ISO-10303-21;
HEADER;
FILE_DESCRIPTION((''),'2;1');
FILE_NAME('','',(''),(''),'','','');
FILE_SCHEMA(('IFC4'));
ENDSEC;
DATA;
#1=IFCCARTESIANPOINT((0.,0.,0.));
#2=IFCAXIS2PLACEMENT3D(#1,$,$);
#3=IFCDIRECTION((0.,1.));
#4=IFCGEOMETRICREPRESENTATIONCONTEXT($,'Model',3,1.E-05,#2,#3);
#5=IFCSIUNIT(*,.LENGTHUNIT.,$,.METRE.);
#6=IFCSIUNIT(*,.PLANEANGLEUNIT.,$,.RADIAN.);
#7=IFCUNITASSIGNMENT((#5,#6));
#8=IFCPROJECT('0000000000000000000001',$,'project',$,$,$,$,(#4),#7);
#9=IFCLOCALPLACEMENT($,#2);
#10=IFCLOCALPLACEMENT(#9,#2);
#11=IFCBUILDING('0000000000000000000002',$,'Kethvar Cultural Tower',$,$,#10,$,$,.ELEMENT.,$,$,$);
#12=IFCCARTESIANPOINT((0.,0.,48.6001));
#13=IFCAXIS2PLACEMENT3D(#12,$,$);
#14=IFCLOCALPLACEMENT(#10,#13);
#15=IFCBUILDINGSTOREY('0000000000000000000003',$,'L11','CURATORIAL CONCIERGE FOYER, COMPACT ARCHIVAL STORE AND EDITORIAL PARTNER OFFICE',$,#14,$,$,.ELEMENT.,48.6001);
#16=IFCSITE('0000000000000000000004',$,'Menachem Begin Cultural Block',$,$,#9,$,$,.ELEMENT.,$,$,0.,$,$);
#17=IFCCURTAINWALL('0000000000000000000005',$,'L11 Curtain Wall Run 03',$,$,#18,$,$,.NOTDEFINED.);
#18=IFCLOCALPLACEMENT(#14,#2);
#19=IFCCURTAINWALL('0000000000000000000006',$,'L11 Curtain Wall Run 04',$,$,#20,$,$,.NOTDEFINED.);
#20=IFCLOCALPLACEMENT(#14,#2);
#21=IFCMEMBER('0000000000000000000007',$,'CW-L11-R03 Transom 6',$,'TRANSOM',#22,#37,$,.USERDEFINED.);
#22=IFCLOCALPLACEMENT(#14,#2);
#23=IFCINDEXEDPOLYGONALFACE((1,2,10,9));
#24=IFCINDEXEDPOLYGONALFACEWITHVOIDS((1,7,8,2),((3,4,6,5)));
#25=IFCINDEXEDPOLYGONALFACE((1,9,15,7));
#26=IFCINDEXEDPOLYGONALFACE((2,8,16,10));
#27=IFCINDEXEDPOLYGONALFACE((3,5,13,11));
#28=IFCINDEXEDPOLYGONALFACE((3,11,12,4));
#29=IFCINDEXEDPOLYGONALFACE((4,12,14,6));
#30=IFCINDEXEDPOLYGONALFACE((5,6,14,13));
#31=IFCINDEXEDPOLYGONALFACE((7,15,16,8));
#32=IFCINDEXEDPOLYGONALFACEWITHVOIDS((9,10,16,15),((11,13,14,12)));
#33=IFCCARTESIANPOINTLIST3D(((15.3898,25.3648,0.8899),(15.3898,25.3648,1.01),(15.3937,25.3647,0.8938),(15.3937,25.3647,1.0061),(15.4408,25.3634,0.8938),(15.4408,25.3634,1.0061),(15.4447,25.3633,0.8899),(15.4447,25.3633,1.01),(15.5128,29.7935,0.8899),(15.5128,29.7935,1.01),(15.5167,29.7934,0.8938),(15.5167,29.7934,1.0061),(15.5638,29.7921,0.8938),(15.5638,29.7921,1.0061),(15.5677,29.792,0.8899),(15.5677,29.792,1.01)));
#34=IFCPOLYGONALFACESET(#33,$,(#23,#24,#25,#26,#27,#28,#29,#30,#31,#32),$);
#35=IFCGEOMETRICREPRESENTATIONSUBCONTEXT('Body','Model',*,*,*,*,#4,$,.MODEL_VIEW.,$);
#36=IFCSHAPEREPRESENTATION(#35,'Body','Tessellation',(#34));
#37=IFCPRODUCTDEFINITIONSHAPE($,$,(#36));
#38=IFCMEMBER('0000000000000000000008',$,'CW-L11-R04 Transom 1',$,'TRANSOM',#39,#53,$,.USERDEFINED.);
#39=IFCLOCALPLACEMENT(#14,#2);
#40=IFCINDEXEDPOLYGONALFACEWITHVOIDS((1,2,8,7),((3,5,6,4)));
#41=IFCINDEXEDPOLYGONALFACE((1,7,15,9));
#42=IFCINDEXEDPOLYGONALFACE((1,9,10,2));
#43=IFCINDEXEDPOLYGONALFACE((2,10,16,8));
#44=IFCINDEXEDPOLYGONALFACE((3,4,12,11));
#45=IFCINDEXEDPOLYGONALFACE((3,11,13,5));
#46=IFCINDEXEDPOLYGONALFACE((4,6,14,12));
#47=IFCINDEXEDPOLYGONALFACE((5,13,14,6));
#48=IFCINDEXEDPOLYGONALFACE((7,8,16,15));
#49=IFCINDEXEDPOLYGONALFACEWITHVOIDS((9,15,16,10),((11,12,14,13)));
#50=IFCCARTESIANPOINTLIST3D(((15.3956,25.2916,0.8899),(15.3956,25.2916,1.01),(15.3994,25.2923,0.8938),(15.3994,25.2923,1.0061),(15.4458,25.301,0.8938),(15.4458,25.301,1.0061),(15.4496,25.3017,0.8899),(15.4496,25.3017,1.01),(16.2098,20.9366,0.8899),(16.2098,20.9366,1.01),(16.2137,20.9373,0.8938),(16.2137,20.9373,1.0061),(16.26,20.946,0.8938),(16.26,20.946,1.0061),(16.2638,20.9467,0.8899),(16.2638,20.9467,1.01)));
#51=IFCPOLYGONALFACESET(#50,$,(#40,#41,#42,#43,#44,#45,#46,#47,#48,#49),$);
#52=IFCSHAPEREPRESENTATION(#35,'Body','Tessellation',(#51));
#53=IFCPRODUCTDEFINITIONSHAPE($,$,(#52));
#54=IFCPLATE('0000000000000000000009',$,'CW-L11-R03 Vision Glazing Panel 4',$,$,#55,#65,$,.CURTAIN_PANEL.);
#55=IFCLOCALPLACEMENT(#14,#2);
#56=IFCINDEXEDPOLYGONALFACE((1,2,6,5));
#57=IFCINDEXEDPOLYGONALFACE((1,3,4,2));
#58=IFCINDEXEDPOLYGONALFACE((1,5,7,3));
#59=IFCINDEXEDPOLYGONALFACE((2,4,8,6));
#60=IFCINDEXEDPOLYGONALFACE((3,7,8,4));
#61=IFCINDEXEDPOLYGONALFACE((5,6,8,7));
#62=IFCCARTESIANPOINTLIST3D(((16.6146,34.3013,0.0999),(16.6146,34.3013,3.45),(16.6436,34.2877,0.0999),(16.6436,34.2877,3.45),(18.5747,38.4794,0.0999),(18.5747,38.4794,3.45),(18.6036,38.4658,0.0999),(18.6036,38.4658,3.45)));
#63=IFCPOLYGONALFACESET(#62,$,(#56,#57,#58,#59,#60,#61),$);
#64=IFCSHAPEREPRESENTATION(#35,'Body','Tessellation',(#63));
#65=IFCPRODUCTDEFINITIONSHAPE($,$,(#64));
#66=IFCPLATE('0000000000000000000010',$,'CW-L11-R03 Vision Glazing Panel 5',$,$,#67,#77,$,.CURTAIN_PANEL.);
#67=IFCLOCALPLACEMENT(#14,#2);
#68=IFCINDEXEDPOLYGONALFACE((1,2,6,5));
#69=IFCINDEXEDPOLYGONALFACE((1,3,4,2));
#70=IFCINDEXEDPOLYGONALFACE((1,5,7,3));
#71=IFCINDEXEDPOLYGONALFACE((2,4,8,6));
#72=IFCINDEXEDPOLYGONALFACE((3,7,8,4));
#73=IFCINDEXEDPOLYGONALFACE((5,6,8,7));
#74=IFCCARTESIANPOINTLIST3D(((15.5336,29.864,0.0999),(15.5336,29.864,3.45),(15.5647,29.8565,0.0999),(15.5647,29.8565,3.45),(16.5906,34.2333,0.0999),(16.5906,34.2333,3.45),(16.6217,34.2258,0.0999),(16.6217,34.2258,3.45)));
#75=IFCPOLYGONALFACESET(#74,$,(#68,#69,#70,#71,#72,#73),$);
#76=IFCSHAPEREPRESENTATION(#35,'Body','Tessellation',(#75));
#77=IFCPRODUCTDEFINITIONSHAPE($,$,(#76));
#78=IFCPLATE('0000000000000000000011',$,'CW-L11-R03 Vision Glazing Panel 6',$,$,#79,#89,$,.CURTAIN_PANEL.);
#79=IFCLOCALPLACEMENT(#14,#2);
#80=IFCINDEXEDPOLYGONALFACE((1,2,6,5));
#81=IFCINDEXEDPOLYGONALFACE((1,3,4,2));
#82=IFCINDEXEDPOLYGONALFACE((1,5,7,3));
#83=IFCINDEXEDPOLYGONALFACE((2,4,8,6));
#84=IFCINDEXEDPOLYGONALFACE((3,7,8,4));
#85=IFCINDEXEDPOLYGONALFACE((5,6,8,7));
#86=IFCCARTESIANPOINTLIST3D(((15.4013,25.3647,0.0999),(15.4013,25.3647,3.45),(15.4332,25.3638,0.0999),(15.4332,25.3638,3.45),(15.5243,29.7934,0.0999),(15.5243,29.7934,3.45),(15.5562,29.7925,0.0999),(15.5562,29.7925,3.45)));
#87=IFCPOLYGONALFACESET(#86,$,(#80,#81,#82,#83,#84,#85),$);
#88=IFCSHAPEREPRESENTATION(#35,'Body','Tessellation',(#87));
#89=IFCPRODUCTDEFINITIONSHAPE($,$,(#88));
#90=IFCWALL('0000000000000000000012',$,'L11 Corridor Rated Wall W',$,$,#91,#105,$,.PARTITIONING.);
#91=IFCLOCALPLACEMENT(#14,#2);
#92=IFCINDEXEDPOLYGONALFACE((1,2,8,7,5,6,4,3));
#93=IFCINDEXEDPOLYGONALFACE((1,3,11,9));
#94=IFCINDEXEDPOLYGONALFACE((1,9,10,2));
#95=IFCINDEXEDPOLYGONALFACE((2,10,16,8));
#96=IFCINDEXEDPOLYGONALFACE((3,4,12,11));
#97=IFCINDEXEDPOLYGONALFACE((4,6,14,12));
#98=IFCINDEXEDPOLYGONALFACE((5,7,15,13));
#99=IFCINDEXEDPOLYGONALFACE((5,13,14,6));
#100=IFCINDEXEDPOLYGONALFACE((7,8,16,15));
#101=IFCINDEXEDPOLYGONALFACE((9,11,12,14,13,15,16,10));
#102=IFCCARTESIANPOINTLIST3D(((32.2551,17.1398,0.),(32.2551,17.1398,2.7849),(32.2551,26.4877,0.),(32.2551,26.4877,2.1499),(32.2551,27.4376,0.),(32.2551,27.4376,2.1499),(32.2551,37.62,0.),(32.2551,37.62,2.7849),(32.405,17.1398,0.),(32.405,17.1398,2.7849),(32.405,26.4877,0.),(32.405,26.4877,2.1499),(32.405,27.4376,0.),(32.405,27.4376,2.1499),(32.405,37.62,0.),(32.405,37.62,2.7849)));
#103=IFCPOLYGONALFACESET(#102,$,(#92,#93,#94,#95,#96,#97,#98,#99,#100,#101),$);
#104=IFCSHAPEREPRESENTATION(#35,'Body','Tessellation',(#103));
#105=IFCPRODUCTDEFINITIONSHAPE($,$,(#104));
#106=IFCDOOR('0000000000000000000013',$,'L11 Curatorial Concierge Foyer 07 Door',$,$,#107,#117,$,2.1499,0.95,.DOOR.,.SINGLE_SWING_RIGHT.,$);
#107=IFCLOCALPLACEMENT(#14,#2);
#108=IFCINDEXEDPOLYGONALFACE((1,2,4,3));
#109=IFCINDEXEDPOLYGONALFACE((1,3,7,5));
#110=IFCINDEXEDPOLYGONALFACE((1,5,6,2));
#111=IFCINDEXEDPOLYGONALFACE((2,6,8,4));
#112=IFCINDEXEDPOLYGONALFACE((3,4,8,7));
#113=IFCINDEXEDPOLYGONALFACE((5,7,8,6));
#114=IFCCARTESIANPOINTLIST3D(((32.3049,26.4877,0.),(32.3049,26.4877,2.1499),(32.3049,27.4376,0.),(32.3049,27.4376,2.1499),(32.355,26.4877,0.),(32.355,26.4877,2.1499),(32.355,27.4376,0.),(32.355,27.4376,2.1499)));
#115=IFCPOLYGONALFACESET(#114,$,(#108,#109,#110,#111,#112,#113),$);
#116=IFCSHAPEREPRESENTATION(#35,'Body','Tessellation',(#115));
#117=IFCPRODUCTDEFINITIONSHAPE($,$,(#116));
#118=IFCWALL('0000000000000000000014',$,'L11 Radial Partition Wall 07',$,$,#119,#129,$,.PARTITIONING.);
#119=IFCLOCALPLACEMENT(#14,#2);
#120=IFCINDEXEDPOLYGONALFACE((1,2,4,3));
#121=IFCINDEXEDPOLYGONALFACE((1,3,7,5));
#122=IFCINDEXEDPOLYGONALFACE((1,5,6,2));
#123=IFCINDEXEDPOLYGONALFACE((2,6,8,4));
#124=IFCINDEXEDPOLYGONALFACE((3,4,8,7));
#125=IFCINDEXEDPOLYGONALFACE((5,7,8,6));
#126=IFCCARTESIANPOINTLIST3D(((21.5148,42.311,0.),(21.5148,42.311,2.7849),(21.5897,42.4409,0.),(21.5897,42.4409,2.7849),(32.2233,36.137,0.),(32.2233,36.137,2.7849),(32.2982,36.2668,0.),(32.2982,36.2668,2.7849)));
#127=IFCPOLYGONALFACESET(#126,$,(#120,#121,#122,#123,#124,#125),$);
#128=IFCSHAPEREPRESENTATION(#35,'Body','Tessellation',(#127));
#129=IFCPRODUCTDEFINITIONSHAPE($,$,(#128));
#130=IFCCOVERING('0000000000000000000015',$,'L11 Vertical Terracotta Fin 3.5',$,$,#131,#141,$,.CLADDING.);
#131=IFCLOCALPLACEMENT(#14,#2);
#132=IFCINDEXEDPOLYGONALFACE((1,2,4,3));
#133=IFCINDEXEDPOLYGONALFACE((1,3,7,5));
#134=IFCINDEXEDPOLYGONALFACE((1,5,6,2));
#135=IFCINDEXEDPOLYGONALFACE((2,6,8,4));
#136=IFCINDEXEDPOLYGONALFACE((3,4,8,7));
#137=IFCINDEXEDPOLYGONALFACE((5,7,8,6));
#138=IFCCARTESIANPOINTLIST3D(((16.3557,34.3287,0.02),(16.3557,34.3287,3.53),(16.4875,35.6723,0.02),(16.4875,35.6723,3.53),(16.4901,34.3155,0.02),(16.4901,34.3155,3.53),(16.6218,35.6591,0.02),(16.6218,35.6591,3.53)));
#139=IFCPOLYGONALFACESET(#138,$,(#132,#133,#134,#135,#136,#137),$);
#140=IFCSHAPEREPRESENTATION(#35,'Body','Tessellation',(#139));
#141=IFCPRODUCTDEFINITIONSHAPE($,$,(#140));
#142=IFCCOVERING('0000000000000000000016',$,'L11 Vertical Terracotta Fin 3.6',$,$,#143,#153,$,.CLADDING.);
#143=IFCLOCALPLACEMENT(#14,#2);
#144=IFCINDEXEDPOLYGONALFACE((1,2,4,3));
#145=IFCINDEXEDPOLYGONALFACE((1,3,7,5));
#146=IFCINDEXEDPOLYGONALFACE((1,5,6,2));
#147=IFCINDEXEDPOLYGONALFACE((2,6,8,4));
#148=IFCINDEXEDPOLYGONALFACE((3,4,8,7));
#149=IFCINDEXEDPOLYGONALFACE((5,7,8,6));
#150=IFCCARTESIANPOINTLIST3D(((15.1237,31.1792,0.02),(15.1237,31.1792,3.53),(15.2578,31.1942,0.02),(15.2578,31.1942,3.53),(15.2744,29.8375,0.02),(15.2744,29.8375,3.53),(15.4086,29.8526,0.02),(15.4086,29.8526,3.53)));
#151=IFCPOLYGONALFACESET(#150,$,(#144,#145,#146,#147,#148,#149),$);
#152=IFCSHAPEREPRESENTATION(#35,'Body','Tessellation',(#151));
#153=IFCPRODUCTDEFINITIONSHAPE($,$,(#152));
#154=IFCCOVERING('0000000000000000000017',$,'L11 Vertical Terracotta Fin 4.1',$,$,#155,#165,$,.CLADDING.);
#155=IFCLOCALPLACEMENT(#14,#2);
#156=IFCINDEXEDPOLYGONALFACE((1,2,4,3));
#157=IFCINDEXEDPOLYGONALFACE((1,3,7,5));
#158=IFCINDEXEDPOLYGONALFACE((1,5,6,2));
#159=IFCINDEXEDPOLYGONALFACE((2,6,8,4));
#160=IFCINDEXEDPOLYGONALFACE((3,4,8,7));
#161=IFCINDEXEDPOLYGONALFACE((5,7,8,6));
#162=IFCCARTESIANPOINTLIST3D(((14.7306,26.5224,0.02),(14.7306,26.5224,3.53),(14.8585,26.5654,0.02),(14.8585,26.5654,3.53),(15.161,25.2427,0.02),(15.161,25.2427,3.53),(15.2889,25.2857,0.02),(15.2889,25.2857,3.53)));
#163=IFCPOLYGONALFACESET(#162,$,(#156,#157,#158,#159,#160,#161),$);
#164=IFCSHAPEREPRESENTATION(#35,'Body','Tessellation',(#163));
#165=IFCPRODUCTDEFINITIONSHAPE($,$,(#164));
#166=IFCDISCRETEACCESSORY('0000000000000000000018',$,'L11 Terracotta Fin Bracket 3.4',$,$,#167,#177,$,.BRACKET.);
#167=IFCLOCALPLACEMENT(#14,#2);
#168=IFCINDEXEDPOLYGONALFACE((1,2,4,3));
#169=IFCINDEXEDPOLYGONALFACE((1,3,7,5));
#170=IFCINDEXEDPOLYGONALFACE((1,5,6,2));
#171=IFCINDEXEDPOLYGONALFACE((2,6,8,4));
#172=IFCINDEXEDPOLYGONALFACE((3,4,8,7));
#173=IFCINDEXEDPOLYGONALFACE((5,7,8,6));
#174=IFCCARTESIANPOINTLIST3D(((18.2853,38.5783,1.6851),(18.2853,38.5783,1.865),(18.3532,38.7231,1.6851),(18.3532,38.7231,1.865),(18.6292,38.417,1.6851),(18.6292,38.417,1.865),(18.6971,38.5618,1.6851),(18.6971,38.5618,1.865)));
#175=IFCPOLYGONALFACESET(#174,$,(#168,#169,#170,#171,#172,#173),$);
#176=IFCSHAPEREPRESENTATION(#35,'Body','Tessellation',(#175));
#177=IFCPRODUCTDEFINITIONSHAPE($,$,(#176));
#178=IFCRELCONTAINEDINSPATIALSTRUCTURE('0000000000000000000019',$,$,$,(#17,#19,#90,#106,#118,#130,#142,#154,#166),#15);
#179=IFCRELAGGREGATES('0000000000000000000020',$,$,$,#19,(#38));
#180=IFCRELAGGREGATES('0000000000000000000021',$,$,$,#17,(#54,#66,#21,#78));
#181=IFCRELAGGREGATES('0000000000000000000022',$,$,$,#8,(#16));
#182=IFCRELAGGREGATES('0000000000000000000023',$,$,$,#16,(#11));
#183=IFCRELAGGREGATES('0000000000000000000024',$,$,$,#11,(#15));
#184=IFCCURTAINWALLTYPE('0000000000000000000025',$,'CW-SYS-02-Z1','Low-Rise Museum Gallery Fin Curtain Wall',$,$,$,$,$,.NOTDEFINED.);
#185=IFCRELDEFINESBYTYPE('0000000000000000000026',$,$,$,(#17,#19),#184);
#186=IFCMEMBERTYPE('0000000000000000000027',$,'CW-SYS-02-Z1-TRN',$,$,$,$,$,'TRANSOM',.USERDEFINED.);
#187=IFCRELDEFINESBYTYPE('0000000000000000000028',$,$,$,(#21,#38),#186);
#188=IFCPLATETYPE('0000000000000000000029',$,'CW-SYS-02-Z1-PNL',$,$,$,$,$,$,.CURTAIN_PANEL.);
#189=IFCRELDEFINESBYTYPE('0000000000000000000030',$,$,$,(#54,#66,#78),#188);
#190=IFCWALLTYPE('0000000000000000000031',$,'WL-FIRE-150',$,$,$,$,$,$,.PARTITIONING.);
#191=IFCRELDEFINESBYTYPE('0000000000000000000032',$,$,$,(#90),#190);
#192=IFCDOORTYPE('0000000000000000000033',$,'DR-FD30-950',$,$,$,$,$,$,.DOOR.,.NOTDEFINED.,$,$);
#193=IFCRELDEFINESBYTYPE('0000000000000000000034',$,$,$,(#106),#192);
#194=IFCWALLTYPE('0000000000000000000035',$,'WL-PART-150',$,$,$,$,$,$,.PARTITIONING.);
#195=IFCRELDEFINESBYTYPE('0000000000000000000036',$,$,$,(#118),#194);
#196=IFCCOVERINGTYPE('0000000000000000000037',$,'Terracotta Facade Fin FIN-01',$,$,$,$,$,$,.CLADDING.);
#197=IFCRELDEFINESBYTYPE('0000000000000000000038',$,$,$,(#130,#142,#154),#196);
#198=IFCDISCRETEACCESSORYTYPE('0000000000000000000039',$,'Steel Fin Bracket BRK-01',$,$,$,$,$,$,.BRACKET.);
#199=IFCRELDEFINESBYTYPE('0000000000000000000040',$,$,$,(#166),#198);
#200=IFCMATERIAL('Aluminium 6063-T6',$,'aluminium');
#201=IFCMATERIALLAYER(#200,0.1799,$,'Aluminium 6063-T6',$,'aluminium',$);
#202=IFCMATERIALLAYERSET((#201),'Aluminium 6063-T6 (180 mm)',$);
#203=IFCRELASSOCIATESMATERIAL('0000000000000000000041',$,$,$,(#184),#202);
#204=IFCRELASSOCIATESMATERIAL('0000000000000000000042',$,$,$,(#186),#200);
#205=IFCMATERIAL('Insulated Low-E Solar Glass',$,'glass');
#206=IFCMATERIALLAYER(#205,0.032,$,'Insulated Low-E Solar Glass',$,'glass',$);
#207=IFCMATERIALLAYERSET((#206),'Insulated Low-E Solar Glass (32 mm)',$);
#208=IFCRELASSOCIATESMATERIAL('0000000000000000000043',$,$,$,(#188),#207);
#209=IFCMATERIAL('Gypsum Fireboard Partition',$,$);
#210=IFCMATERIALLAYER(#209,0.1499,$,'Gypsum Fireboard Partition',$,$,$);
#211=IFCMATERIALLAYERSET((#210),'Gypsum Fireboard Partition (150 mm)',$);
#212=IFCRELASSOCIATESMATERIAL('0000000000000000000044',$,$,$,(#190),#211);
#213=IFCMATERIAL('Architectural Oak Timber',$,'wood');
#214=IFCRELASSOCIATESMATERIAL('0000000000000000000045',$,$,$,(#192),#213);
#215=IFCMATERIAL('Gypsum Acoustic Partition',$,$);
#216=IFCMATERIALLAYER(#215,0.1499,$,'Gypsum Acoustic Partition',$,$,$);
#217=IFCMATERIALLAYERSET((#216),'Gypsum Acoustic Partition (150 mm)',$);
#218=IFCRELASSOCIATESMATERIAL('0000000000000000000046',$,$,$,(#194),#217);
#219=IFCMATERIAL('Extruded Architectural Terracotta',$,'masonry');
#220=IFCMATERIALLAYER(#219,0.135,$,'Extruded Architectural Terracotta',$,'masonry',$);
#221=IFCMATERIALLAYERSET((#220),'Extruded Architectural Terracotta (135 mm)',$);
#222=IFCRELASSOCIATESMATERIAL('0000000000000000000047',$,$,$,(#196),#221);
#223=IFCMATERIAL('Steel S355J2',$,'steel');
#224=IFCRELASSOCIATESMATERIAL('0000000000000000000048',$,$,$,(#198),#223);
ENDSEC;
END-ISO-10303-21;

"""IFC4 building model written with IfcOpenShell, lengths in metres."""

from ifc_helpers import new_model, si_unit, direction, frame, frame_2d, origin, origin_2d, place, context, subcontext, project, spatial, rectangle, hollow_rectangle, extrude, source, transform, mapped, material, layer, layer_set, material_profile, profile_set, type_object, element, fill, aggregate, save


model = new_model("IFC4")

# Units and contexts
model_context = context("Model", 3, precision=1e-05, world=origin(), true_north=direction((0.0, 1.0)))
body_context = subcontext(model_context, "Body", "Model", "MODEL_VIEW")
ifc_project = project(units=[si_unit("LENGTHUNIT", "METRE"), si_unit("PLANEANGLEUNIT", "RADIAN")], contexts=[model_context])

# Site, building, storey
site_placement = place(None, origin())
site = spatial("IfcSite", under=ifc_project, at=site_placement, Name="Menachem Begin Cultural Block", CompositionType="ELEMENT", RefElevation=0.0)
building_placement = place(site_placement, origin())
building = spatial("IfcBuilding", under=site, at=building_placement, Name="Kethvar Cultural Tower", CompositionType="ELEMENT")
storey_placement = place(building_placement, frame((0.0, 0.0, 48.6001)))
storey = spatial("IfcBuildingStorey", under=building, at=storey_placement, Name="L11", Description="CURATORIAL CONCIERGE FOYER, COMPACT ARCHIVAL STORE AND EDITORIAL PARTNER OFFICE", CompositionType="ELEMENT", Elevation=48.6001)

# Shared definitions
ifc_material_1 = material(Name="Steel S355J2", Category="steel")

# Curtain wall
ifc_material_2 = material(Name="Aluminium 6063-T6", Category="aluminium")
ifc_layer_1 = layer(ifc_material_2, 0.1799, Name="Aluminium 6063-T6", Category="aluminium")
ifc_layer_set_1 = layer_set([ifc_layer_1], Name="Aluminium 6063-T6 (180 mm)")
curtain_wall_type = type_object("IfcCurtainWallType", Name="CW-SYS-02-Z1", Description="Low-Rise Museum Gallery Fin Curtain Wall", PredefinedType="NOTDEFINED", material=ifc_layer_set_1)
curtain_wall_1_placement = place(storey_placement, origin())
curtain_wall_1 = element("IfcCurtainWall", 1, at=curtain_wall_1_placement, inside=storey, type_object=curtain_wall_type, Name="L11 Curtain Wall Run 03", PredefinedType="NOTDEFINED")

# Curtain wall
curtain_wall_2_placement = place(storey_placement, origin())
curtain_wall_2 = element("IfcCurtainWall", 2, at=curtain_wall_2_placement, inside=storey, type_object=curtain_wall_type, Name="L11 Curtain Wall Run 04", PredefinedType="NOTDEFINED")

# Members
ifc_material_profile_1 = material_profile(ifc_material_2, hollow_rectangle(XDim=0.0549, YDim=0.1201, WallThickness=0.0039, at=origin_2d()), Name="Aluminium 6063-T6 — RHS120x55x4")
ifc_profile_set_1 = profile_set([ifc_material_profile_1], Name="Aluminium 6063-T6 — RHS120x55x4")
member_type_1 = type_object("IfcMemberType", Name="CW-SYS-02-Z1-TRN", ElementType="TRANSOM", PredefinedType="USERDEFINED", material=ifc_profile_set_1)
shared_shape_1 = source(origin(), body_context, "Body", "SweptSolid", [
    extrude(hollow_rectangle(XDim=0.0549, YDim=0.1201, WallThickness=0.0039, at=origin_2d()), origin(), (0.0, 0.0, 1.0), 4.4304),
])
member_1_placement = place(storey_placement, frame((15.5403, 29.7927, 0.95), z_axis=(-0.027773, -0.999614, 0.0), x_axis=(0.999614, -0.027773, 0.0)))
member_1 = element("IfcMember", 3, at=member_1_placement, type_object=member_type_1, Name="CW-L11-R03 Transom 6", ObjectType="TRANSOM", PredefinedType="USERDEFINED", context=body_context, shape_type="MappedRepresentation", body=[
    mapped(shared_shape_1, transform((0.0, 0.0, 0.0), scale=1.0)),
])
member_2_placement = place(storey_placement, frame((15.4226, 25.2966, 0.95), z_axis=(0.183776, -0.982968, 0.0), x_axis=(0.982968, 0.183776, 0.0)))
member_2 = element("IfcMember", 4, at=member_2_placement, type_object=member_type_1, Name="CW-L11-R04 Transom 1", ObjectType="TRANSOM", PredefinedType="USERDEFINED", context=body_context, shape_type="MappedRepresentation", body=[
    mapped(shared_shape_1, transform((0.0, 0.0, 0.0), scale=1.0)),
])
aggregate(curtain_wall_2, [member_2])

# Plates
ifc_material_3 = material(Name="Insulated Low-E Solar Glass", Category="glass")
ifc_layer_2 = layer(ifc_material_3, 0.032, Name="Insulated Low-E Solar Glass", Category="glass")
ifc_layer_set_2 = layer_set([ifc_layer_2], Name="Insulated Low-E Solar Glass (32 mm)")
plate_type = type_object("IfcPlateType", Name="CW-SYS-02-Z1-PNL", PredefinedType="CURTAIN_PANEL", material=ifc_layer_set_2)
shared_shape_2 = source(origin(), body_context, "Body", "SweptSolid", [
    extrude(rectangle(XDim=4.615, YDim=0.032, at=origin_2d()), origin(), (0.0, 0.0, 1.0), 3.3501),
])
plate_1_placement = place(storey_placement, frame((17.6091, 36.3835, 0.0999), z_axis=(0.0, 0.0, 1.0), x_axis=(-0.424705, -0.905332, 0.0)))
plate_1 = element("IfcPlate", 5, at=plate_1_placement, type_object=plate_type, Name="CW-L11-R03 Vision Glazing Panel 4", PredefinedType="CURTAIN_PANEL", context=body_context, shape_type="MappedRepresentation", body=[
    mapped(shared_shape_2, transform((0.0, 0.0, 0.0), scale=1.0)),
])
shared_shape_3 = source(origin(), body_context, "Body", "SweptSolid", [
    extrude(rectangle(XDim=4.4954, YDim=0.032, at=origin_2d()), origin(), (0.0, 0.0, 1.0), 3.3501),
])
plate_2_placement = place(storey_placement, frame((16.0776, 32.0449, 0.0999), z_axis=(0.0, 0.0, 1.0), x_axis=(-0.235142, -0.971961, 0.0)))
plate_2 = element("IfcPlate", 6, at=plate_2_placement, type_object=plate_type, Name="CW-L11-R03 Vision Glazing Panel 5", PredefinedType="CURTAIN_PANEL", context=body_context, shape_type="MappedRepresentation", body=[
    mapped(shared_shape_3, transform((0.0, 0.0, 0.0), scale=1.0)),
])
shared_shape_4 = source(origin(), body_context, "Body", "SweptSolid", [
    extrude(rectangle(XDim=4.4304, YDim=0.032, at=origin_2d()), origin(), (0.0, 0.0, 1.0), 3.3501),
])
plate_3_placement = place(storey_placement, frame((15.4788, 27.5786, 0.0999), z_axis=(0.0, 0.0, 1.0), x_axis=(-0.027765, -0.999614, 0.0)))
plate_3 = element("IfcPlate", 7, at=plate_3_placement, type_object=plate_type, Name="CW-L11-R03 Vision Glazing Panel 6", PredefinedType="CURTAIN_PANEL", context=body_context, shape_type="MappedRepresentation", body=[
    mapped(shared_shape_4, transform((0.0, 0.0, 0.0), scale=1.0)),
])
aggregate(curtain_wall_1, [plate_1, plate_2, member_1, plate_3])

# Wall, opening, door
ifc_material_4 = material(Name="Gypsum Fireboard Partition")
ifc_layer_3 = layer(ifc_material_4, 0.1499, Name="Gypsum Fireboard Partition")
ifc_layer_set_3 = layer_set([ifc_layer_3], Name="Gypsum Fireboard Partition (150 mm)")
wall_type_1 = type_object("IfcWallType", Name="WL-FIRE-150", PredefinedType="PARTITIONING", material=ifc_layer_set_3)
wall_1_placement = place(storey_placement, frame((32.3301, 37.6201, 0.0), z_axis=(0.0, 0.0, 1.0), x_axis=(0.0, -1.0, 0.0)))
wall_1 = element("IfcWall", 8, at=wall_1_placement, inside=storey, type_object=wall_type_1, Name="L11 Corridor Rated Wall W", PredefinedType="PARTITIONING", context=body_context, shape_type="SweptSolid", body=[
    extrude(rectangle(XDim=20.4802, YDim=0.1499, at=frame_2d((10.2402, 0.0))), origin(), (0.0, 0.0, 1.0), 2.7849),
])
opening_placement = place(wall_1_placement, frame((10.1824, 0.0, 0.0)))
opening = element("IfcOpeningElement", 9, at=opening_placement, cuts=wall_1, PredefinedType="OPENING", context=body_context, shape_type="SweptSolid", body=[
    extrude(rectangle(XDim=0.95, YDim=2.1499, at=frame_2d((0.4751, 1.075))), frame((0.0, 0.085, 0.0), z_axis=(0.0, -1.0, 0.0), x_axis=(1.0, 0.0, 0.0)), (0.0, 0.0, 1.0), 0.1699),
])
ifc_material_5 = material(Name="Architectural Oak Timber", Category="wood")
door_type = type_object("IfcDoorType", Name="DR-FD30-950", OperationType="NOTDEFINED", PredefinedType="DOOR", material=ifc_material_5)
shared_shape_5 = source(origin(), body_context, "Body", "SweptSolid", [
    extrude(rectangle(XDim=0.95, YDim=2.1499, at=frame_2d((0.4751, 1.075))), frame((0.0, 0.0249, 0.0), z_axis=(0.0, -1.0, 0.0), x_axis=(1.0, 0.0, 0.0)), (0.0, 0.0, 1.0), 0.05),
])
door_placement = place(opening_placement, origin())
door = element("IfcDoor", 10, at=door_placement, inside=storey, type_object=door_type, Name="L11 Curatorial Concierge Foyer 07 Door", OperationType="SINGLE_SWING_RIGHT", OverallHeight=2.1499, OverallWidth=0.95, PredefinedType="DOOR", context=body_context, shape_type="MappedRepresentation", body=[
    mapped(shared_shape_5, transform((0.0, 0.0, 0.0), scale=1.0)),
])
fill(opening, door)

# Wall
ifc_material_6 = material(Name="Gypsum Acoustic Partition")
ifc_layer_4 = layer(ifc_material_6, 0.1499, Name="Gypsum Acoustic Partition")
ifc_layer_set_4 = layer_set([ifc_layer_4], Name="Gypsum Acoustic Partition (150 mm)")
wall_type_2 = type_object("IfcWallType", Name="WL-PART-150", PredefinedType="PARTITIONING", material=ifc_layer_set_4)
wall_2_placement = place(storey_placement, frame((32.2607, 36.2019, 0.0), z_axis=(0.0, 0.0, 1.0), x_axis=(-0.866322, 0.499485, 0.0)))
element("IfcWall", 11, at=wall_2_placement, inside=storey, type_object=wall_type_2, Name="L11 Radial Partition Wall 07", PredefinedType="PARTITIONING", context=body_context, shape_type="SweptSolid", body=[
    extrude(rectangle(XDim=12.3608, YDim=0.1499, at=frame_2d((6.1804, 0.0))), origin(), (0.0, 0.0, 1.0), 2.7849),
])

# Coverings
ifc_material_7 = material(Name="Extruded Architectural Terracotta", Category="masonry")
ifc_layer_5 = layer(ifc_material_7, 0.135, Name="Extruded Architectural Terracotta", Category="masonry")
ifc_layer_set_5 = layer_set([ifc_layer_5], Name="Extruded Architectural Terracotta (135 mm)")
covering_type = type_object("IfcCoveringType", Name="Terracotta Facade Fin FIN-01", PredefinedType="CLADDING", material=ifc_layer_set_5)
shared_shape_6 = source(origin(), body_context, "Body", "SweptSolid", [
    extrude(rectangle(XDim=1.3501, YDim=0.135, at=origin_2d()), origin(), (0.0, 0.0, 1.0), 3.51),
])
for number, where, z_axis, x_axis, name in (
    (12, (16.4888, 34.9939, 0.02), (0.0, 0.0, 1.0), (0.097583, 0.995227, 0.0), "L11 Vertical Terracotta Fin 3.5"),
    (13, (15.2661, 30.5159, 0.02), (0.0, 0.0, 1.0), (-0.111642, 0.993748, 0.0), "L11 Vertical Terracotta Fin 3.6"),
    (14, (15.0098, 25.9041, 0.02), (0.0, 0.0, 1.0), (-0.318794, 0.947824, 0.0), "L11 Vertical Terracotta Fin 4.1"),
):
    element("IfcCovering", number, at=place(storey_placement, frame(where, z_axis=z_axis, x_axis=x_axis)), inside=storey, type_object=covering_type, Name=name, PredefinedType="CLADDING", context=body_context, shape_type="MappedRepresentation", body=[
        mapped(shared_shape_6, transform((0.0, 0.0, 0.0), scale=1.0)),
    ])

# Discrete accessory
discrete_accessory_type = type_object("IfcDiscreteAccessoryType", Name="Steel Fin Bracket BRK-01", PredefinedType="BRACKET", material=ifc_material_1)
shared_shape_7 = source(origin(), body_context, "Body", "SweptSolid", [
    extrude(rectangle(XDim=0.3799, YDim=0.1599, at=origin_2d()), origin(), (0.0, 0.0, 1.0), 0.1799),
])
for number, where, z_axis, x_axis, name in (
    (15, (18.4912, 38.5701, 1.6851), (0.0, 0.0, 1.0), (-0.905347, 0.424674, 0.0), "L11 Terracotta Fin Bracket 3.4"),
):
    element("IfcDiscreteAccessory", number, at=place(storey_placement, frame(where, z_axis=z_axis, x_axis=x_axis)), inside=storey, type_object=discrete_accessory_type, Name=name, PredefinedType="BRACKET", context=body_context, shape_type="MappedRepresentation", body=[
        mapped(shared_shape_7, transform((0.0, 0.0, 0.0), scale=1.0)),
    ])

save(model, "model.ifc")
